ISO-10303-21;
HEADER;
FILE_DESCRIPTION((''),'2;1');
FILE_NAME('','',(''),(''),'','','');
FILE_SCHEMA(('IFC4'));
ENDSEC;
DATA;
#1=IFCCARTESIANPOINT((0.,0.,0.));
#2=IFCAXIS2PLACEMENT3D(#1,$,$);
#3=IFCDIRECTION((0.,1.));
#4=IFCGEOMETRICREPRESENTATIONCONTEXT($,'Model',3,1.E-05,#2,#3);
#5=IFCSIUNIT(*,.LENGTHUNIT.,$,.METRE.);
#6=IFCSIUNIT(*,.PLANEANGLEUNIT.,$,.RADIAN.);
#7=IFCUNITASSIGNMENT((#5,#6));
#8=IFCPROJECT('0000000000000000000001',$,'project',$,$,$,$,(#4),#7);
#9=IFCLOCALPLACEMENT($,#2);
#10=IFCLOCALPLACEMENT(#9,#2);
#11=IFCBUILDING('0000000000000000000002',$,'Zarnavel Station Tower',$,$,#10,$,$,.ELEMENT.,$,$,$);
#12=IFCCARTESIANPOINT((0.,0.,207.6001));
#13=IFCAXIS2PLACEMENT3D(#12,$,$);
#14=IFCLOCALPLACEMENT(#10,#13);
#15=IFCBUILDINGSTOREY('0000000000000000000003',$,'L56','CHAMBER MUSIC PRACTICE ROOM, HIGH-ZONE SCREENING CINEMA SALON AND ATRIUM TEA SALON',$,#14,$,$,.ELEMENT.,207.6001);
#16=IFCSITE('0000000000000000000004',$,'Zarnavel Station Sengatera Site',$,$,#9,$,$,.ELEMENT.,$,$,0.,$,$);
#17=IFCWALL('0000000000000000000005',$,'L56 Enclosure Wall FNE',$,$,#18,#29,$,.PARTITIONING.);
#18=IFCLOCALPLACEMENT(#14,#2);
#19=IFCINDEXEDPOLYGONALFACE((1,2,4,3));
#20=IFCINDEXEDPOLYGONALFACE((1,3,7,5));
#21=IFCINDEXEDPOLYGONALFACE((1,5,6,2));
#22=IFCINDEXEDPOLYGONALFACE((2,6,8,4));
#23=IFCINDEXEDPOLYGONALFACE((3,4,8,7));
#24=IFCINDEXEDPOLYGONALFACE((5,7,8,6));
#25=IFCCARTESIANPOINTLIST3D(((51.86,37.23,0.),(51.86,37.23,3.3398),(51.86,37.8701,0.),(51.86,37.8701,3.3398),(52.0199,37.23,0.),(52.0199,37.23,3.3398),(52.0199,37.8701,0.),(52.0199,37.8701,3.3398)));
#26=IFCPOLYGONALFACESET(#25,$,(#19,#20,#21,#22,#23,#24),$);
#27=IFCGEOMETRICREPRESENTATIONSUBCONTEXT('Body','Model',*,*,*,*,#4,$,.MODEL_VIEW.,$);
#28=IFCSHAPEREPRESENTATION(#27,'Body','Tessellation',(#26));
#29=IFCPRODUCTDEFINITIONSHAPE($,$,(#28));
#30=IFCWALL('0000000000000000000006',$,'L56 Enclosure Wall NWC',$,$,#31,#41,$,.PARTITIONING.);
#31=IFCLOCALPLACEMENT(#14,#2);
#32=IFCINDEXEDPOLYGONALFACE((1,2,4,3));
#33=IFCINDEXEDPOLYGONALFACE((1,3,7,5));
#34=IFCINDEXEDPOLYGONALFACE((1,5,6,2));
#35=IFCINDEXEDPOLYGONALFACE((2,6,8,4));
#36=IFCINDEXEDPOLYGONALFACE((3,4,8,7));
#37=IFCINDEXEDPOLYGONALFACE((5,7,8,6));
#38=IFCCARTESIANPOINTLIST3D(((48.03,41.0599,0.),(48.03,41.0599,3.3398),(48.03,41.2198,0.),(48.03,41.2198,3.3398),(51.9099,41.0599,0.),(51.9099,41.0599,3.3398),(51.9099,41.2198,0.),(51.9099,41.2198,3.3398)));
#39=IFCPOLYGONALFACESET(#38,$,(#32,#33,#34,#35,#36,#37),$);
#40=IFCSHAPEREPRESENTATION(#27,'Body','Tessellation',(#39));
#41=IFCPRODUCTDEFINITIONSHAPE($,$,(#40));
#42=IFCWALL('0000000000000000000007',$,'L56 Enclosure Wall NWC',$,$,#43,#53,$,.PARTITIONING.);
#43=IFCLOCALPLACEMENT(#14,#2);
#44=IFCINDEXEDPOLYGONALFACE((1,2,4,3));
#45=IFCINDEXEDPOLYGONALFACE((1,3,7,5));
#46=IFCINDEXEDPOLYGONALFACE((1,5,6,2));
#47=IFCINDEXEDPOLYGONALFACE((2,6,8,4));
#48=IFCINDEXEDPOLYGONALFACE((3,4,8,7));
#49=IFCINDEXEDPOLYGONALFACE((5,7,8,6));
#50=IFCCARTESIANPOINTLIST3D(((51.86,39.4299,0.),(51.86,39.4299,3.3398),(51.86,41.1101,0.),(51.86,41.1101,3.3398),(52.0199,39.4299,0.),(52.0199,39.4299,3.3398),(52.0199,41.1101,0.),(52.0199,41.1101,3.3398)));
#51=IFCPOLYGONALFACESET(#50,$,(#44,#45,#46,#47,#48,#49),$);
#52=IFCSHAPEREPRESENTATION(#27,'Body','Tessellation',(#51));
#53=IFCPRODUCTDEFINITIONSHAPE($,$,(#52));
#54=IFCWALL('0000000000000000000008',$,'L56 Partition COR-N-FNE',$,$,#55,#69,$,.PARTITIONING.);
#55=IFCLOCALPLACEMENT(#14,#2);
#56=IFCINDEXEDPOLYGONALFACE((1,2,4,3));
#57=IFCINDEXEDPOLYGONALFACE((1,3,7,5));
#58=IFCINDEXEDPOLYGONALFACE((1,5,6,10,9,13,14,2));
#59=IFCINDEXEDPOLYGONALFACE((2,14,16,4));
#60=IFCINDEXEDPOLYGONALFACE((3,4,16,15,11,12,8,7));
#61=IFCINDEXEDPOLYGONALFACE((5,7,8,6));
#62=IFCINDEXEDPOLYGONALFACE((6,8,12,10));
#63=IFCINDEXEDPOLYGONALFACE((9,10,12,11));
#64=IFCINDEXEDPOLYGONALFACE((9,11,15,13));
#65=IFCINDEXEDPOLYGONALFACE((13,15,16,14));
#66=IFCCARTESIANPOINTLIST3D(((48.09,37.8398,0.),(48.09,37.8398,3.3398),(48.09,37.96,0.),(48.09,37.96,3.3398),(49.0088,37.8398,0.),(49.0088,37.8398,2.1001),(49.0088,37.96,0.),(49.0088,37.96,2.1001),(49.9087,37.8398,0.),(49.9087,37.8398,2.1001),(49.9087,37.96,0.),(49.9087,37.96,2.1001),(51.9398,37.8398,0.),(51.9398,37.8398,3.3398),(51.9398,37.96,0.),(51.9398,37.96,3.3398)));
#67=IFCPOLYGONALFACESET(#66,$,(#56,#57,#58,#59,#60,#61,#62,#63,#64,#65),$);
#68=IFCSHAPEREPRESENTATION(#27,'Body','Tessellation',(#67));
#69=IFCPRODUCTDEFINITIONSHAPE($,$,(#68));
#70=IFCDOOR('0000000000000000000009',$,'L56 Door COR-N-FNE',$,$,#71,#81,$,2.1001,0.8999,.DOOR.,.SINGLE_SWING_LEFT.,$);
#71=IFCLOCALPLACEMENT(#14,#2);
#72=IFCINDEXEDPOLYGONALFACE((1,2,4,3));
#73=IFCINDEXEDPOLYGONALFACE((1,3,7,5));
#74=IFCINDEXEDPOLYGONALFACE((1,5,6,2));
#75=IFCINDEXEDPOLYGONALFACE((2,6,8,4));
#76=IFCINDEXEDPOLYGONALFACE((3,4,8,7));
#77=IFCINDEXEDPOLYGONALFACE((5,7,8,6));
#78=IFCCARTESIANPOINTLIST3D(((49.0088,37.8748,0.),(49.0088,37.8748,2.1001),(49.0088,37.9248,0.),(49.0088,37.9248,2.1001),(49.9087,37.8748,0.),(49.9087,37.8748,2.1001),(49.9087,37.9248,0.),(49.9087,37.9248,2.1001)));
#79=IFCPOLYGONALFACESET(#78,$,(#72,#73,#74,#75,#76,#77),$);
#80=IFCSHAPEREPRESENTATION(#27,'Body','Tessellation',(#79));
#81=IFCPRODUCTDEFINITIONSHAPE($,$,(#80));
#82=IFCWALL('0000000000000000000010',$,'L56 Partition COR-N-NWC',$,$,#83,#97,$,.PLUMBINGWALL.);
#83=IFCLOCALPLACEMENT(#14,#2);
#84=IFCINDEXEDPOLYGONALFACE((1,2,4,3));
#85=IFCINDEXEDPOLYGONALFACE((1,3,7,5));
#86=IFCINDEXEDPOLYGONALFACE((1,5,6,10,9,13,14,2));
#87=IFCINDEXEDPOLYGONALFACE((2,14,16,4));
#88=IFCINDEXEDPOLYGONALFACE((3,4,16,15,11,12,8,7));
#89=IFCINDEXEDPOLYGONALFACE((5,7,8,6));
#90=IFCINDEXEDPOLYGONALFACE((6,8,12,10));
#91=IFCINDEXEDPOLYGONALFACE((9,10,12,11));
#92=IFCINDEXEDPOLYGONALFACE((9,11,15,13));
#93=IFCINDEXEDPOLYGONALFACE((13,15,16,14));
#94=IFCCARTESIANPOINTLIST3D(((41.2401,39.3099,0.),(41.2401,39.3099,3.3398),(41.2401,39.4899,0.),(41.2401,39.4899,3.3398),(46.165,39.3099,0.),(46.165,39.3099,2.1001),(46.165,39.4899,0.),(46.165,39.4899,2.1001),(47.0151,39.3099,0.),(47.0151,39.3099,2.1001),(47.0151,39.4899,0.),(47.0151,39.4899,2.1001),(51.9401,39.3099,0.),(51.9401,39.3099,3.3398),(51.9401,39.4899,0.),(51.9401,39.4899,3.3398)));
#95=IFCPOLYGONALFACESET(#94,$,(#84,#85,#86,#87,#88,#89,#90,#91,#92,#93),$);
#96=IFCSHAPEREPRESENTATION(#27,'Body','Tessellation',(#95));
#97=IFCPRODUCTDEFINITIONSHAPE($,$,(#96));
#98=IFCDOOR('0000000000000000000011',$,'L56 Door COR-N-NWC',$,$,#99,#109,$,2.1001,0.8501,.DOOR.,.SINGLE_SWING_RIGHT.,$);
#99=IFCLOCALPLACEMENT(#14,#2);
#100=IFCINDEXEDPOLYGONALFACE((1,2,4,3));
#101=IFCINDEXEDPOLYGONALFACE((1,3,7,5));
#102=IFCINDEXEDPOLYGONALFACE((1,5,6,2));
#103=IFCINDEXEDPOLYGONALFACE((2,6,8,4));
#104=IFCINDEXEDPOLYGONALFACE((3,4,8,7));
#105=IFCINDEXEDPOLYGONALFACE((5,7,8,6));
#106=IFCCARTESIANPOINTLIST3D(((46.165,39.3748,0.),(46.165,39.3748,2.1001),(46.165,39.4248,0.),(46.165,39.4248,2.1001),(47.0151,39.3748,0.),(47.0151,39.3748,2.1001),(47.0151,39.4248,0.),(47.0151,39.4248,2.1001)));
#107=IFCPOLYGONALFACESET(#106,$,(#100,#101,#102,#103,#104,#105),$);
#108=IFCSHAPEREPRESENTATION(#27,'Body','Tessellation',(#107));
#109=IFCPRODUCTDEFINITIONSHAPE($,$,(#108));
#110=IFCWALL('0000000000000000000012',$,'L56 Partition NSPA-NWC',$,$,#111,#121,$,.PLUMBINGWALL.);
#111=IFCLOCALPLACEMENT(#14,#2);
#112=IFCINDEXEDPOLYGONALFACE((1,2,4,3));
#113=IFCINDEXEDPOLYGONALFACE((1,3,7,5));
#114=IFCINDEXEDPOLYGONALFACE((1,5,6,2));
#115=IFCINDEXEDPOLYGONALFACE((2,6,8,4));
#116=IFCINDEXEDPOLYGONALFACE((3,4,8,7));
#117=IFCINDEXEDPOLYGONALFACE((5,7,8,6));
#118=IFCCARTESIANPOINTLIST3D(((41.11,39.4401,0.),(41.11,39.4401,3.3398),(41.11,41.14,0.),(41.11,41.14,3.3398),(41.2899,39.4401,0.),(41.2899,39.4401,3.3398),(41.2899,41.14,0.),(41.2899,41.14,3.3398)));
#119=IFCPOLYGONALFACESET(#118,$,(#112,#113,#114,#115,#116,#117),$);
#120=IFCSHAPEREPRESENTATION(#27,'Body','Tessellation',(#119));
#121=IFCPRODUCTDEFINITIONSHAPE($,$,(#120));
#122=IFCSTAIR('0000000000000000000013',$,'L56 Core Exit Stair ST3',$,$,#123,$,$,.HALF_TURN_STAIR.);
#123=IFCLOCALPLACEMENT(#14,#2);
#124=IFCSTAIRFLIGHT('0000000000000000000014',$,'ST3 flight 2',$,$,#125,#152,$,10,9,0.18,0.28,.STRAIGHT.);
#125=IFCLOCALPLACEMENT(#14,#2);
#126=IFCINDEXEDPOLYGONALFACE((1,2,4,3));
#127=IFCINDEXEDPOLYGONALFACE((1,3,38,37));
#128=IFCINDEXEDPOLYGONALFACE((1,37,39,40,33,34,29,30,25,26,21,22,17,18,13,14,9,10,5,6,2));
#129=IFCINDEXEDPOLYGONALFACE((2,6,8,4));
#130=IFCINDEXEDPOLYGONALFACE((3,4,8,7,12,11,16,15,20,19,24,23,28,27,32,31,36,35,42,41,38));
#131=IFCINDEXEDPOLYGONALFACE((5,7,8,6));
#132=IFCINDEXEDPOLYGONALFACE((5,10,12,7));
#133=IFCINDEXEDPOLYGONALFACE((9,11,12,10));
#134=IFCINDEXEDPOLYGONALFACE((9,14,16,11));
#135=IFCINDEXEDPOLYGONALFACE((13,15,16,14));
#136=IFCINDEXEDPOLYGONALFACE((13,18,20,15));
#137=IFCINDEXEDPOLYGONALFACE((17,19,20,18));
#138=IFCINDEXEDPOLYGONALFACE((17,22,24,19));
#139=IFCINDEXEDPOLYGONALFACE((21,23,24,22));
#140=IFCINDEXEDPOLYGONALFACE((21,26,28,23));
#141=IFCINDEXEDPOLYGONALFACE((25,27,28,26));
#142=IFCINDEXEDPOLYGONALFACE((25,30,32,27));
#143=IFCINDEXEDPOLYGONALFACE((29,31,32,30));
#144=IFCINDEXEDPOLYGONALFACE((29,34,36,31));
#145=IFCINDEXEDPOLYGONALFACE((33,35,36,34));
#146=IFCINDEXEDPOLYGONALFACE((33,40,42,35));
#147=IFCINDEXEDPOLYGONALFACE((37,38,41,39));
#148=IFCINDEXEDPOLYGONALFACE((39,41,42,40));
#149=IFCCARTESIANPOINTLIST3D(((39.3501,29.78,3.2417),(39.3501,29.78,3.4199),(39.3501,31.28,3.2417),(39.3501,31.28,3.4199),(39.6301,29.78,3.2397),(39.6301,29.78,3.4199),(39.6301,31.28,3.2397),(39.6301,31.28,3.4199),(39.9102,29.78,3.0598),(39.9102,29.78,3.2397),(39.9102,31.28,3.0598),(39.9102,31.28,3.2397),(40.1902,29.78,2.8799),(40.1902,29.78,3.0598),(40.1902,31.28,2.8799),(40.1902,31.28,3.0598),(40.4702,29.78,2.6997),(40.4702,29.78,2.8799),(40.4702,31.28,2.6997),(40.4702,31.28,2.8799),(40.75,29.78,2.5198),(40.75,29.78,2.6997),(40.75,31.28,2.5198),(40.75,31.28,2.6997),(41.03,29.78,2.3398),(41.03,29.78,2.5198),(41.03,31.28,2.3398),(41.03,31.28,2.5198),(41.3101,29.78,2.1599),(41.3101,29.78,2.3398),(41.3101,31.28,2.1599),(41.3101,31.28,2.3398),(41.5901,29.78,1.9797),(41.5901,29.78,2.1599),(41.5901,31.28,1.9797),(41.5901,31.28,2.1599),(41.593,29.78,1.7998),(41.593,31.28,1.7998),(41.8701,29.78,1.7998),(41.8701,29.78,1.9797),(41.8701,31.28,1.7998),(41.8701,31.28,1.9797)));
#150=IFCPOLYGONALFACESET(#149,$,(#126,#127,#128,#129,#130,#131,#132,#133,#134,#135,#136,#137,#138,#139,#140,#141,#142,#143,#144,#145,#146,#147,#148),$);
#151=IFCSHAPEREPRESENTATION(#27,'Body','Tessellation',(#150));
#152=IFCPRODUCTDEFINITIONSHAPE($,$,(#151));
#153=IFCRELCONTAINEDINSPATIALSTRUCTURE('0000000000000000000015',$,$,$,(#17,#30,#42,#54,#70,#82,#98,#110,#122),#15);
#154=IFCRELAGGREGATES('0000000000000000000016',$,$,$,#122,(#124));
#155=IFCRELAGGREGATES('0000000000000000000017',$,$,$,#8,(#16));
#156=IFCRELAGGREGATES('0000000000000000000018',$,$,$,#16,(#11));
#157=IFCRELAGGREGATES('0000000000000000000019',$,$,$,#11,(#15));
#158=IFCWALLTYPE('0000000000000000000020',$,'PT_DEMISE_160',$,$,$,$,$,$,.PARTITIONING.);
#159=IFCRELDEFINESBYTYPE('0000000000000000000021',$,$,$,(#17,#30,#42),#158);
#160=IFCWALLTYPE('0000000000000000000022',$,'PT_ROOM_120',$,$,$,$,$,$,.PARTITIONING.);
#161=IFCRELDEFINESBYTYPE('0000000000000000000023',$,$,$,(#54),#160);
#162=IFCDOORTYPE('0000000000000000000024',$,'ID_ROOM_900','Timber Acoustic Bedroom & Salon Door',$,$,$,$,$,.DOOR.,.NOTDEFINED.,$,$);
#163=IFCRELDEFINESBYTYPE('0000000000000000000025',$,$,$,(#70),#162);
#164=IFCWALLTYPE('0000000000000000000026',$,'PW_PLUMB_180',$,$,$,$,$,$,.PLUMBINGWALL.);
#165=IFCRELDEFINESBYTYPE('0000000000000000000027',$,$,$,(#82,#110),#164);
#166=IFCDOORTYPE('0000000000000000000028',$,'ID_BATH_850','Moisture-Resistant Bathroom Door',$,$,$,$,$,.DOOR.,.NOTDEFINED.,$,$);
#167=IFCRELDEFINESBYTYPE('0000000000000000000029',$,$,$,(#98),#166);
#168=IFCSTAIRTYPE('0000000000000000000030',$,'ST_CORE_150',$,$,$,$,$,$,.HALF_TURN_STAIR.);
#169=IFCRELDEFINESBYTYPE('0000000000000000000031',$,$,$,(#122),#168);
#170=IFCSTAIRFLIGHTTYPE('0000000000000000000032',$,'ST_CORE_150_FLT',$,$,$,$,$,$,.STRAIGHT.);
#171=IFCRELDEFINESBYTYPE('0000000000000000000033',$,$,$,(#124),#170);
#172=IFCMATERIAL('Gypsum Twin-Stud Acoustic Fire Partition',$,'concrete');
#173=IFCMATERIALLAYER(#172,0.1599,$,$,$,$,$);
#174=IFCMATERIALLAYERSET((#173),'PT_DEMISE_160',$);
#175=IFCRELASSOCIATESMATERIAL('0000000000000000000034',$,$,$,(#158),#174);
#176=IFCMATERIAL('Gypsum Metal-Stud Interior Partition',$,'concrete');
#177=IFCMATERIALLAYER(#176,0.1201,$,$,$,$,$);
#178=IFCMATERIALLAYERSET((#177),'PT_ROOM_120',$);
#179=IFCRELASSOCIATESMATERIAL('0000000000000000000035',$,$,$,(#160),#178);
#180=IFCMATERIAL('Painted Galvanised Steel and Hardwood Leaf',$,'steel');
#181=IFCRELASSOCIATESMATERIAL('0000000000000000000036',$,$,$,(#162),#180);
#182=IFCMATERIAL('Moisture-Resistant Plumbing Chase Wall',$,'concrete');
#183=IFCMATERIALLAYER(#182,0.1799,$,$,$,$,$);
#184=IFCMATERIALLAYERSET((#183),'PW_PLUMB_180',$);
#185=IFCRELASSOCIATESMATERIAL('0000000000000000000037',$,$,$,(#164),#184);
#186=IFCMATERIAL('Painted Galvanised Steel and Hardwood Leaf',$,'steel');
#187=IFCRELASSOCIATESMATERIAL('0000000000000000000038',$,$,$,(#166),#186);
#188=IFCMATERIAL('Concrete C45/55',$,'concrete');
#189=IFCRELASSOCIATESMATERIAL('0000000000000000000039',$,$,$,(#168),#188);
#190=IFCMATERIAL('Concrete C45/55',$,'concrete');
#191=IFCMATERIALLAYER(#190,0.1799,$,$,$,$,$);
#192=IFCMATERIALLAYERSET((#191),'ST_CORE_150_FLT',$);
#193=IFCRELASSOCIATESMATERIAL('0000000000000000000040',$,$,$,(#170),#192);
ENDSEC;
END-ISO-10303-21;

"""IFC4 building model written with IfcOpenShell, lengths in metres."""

from ifc_helpers import new_model, si_unit, direction, frame, frame_2d, origin, place, context, subcontext, project, spatial, polyline, rectangle, outline, extrude, material, layer, layer_set, type_object, element, fill, aggregate, save


model = new_model("IFC4")

# Units and contexts
model_context = context("Model", 3, precision=1e-05, world=origin(), true_north=direction((0.0, 1.0)))
body_context = subcontext(model_context, "Body", "Model", "MODEL_VIEW")
ifc_project = project(units=[si_unit("LENGTHUNIT", "METRE"), si_unit("PLANEANGLEUNIT", "RADIAN")], contexts=[model_context])

# Site, building, storey
site_placement = place(None, origin())
site = spatial("IfcSite", under=ifc_project, at=site_placement, Name="Zarnavel Station Sengatera Site", CompositionType="ELEMENT", RefElevation=0.0)
building_placement = place(site_placement, origin())
building = spatial("IfcBuilding", under=site, at=building_placement, Name="Zarnavel Station Tower", CompositionType="ELEMENT")
storey_placement = place(building_placement, frame((0.0, 0.0, 207.6001)))
storey = spatial("IfcBuildingStorey", under=building, at=storey_placement, Name="L56", Description="CHAMBER MUSIC PRACTICE ROOM, HIGH-ZONE SCREENING CINEMA SALON AND ATRIUM TEA SALON", CompositionType="ELEMENT", Elevation=207.6001)

# Walls
ifc_material_1 = material(Name="Gypsum Twin-Stud Acoustic Fire Partition", Category="concrete")
ifc_layer_1 = layer(ifc_material_1, 0.1599)
ifc_layer_set_1 = layer_set([ifc_layer_1], Name="PT_DEMISE_160")
wall_type_1 = type_object("IfcWallType", Name="PT_DEMISE_160", PredefinedType="PARTITIONING", material=ifc_layer_set_1)
wall_1_placement = place(storey_placement, frame((51.9399, 37.23, 0.0), z_axis=(0.0, 0.0, 1.0), x_axis=(0.0, 1.0, 0.0)))
element("IfcWall", 1, at=wall_1_placement, inside=storey, type_object=wall_type_1, Name="L56 Enclosure Wall FNE", PredefinedType="PARTITIONING", context=body_context, shape_type="SweptSolid", body=[
    extrude(rectangle(XDim=0.6401, YDim=0.1599, at=frame_2d((0.3201, 0.0))), origin(), (0.0, 0.0, 1.0), 3.3398),
])
wall_2_placement = place(storey_placement, frame((48.03, 41.1399, 0.0), z_axis=(0.0, 0.0, 1.0), x_axis=(1.0, 0.0, 0.0)))
element("IfcWall", 2, at=wall_2_placement, inside=storey, type_object=wall_type_1, Name="L56 Enclosure Wall NWC", PredefinedType="PARTITIONING", context=body_context, shape_type="SweptSolid", body=[
    extrude(rectangle(XDim=3.8799, YDim=0.1599, at=frame_2d((1.9399, 0.0))), origin(), (0.0, 0.0, 1.0), 3.3398),
])
wall_3_placement = place(storey_placement, frame((51.9399, 39.4299, 0.0), z_axis=(0.0, 0.0, 1.0), x_axis=(0.0, 1.0, 0.0)))
element("IfcWall", 3, at=wall_3_placement, inside=storey, type_object=wall_type_1, Name="L56 Enclosure Wall NWC", PredefinedType="PARTITIONING", context=body_context, shape_type="SweptSolid", body=[
    extrude(rectangle(XDim=1.6802, YDim=0.1599, at=frame_2d((0.8401, 0.0))), origin(), (0.0, 0.0, 1.0), 3.3398),
])

# Walls, openings, doors
ifc_material_2 = material(Name="Gypsum Metal-Stud Interior Partition", Category="concrete")
ifc_layer_2 = layer(ifc_material_2, 0.1201)
ifc_layer_set_2 = layer_set([ifc_layer_2], Name="PT_ROOM_120")
wall_type_2 = type_object("IfcWallType", Name="PT_ROOM_120", PredefinedType="PARTITIONING", material=ifc_layer_set_2)
wall_4_placement = place(storey_placement, frame((48.0901, 37.8999, 0.0), z_axis=(0.0, 0.0, 1.0), x_axis=(1.0, 0.0, 0.0)))
wall_4 = element("IfcWall", 4, at=wall_4_placement, inside=storey, type_object=wall_type_2, Name="L56 Partition COR-N-FNE", PredefinedType="PARTITIONING", context=body_context, shape_type="SweptSolid", body=[
    extrude(rectangle(XDim=3.8499, YDim=0.1201, at=frame_2d((1.9248, 0.0))), origin(), (0.0, 0.0, 1.0), 3.3398),
])
opening_1_placement = place(wall_4_placement, frame((0.9187, 0.0, 0.0)))
opening_1 = element("IfcOpeningElement", 5, at=opening_1_placement, cuts=wall_4, PredefinedType="OPENING", context=body_context, shape_type="SweptSolid", body=[
    extrude(rectangle(XDim=0.8999, YDim=2.1001, at=frame_2d((0.45, 1.05))), frame((0.0, 0.0701, 0.0), z_axis=(0.0, -1.0, 0.0), x_axis=(1.0, 0.0, 0.0)), (0.0, 0.0, 1.0), 0.1401),
])
ifc_material_3 = material(Name="Painted Galvanised Steel and Hardwood Leaf", Category="steel")
door_type_1 = type_object("IfcDoorType", Name="ID_ROOM_900", Description="Timber Acoustic Bedroom & Salon Door", OperationType="NOTDEFINED", PredefinedType="DOOR", material=ifc_material_3)
door_1_placement = place(opening_1_placement, origin())
door_1 = element("IfcDoor", 6, at=door_1_placement, inside=storey, type_object=door_type_1, Name="L56 Door COR-N-FNE", OperationType="SINGLE_SWING_LEFT", OverallHeight=2.1001, OverallWidth=0.8999, PredefinedType="DOOR", context=body_context, shape_type="SweptSolid", body=[
    extrude(rectangle(XDim=0.8999, YDim=2.1001, at=frame_2d((0.45, 1.05))), frame((0.0, 0.0249, 0.0), z_axis=(0.0, -1.0, 0.0), x_axis=(1.0, 0.0, 0.0)), (0.0, 0.0, 1.0), 0.05),
])
fill(opening_1, door_1)
ifc_material_4 = material(Name="Moisture-Resistant Plumbing Chase Wall", Category="concrete")
ifc_layer_3 = layer(ifc_material_4, 0.1799)
ifc_layer_set_3 = layer_set([ifc_layer_3], Name="PW_PLUMB_180")
wall_type_3 = type_object("IfcWallType", Name="PW_PLUMB_180", PredefinedType="PLUMBINGWALL", material=ifc_layer_set_3)
wall_5_placement = place(storey_placement, frame((41.24, 39.3999, 0.0), z_axis=(0.0, 0.0, 1.0), x_axis=(1.0, 0.0, 0.0)))
wall_5 = element("IfcWall", 7, at=wall_5_placement, inside=storey, type_object=wall_type_3, Name="L56 Partition COR-N-NWC", PredefinedType="PLUMBINGWALL", context=body_context, shape_type="SweptSolid", body=[
    extrude(rectangle(XDim=10.7, YDim=0.1799, at=frame_2d((5.3501, 0.0))), origin(), (0.0, 0.0, 1.0), 3.3398),
])
opening_2_placement = place(wall_5_placement, frame((4.925, 0.0, 0.0)))
opening_2 = element("IfcOpeningElement", 8, at=opening_2_placement, cuts=wall_5, PredefinedType="OPENING", context=body_context, shape_type="SweptSolid", body=[
    extrude(rectangle(XDim=0.8501, YDim=2.1001, at=frame_2d((0.425, 1.05))), frame((0.0, 0.0999, 0.0), z_axis=(0.0, -1.0, 0.0), x_axis=(1.0, 0.0, 0.0)), (0.0, 0.0, 1.0), 0.2),
])
ifc_material_5 = material(Name="Painted Galvanised Steel and Hardwood Leaf", Category="steel")
door_type_2 = type_object("IfcDoorType", Name="ID_BATH_850", Description="Moisture-Resistant Bathroom Door", OperationType="NOTDEFINED", PredefinedType="DOOR", material=ifc_material_5)
door_2_placement = place(opening_2_placement, origin())
door_2 = element("IfcDoor", 9, at=door_2_placement, inside=storey, type_object=door_type_2, Name="L56 Door COR-N-NWC", OperationType="SINGLE_SWING_RIGHT", OverallHeight=2.1001, OverallWidth=0.8501, PredefinedType="DOOR", context=body_context, shape_type="SweptSolid", body=[
    extrude(rectangle(XDim=0.8501, YDim=2.1001, at=frame_2d((0.425, 1.05))), frame((0.0, 0.0249, 0.0), z_axis=(0.0, -1.0, 0.0), x_axis=(1.0, 0.0, 0.0)), (0.0, 0.0, 1.0), 0.05),
])
fill(opening_2, door_2)

# Wall
wall_6_placement = place(storey_placement, frame((41.2, 39.4399, 0.0), z_axis=(0.0, 0.0, 1.0), x_axis=(0.0, 1.0, 0.0)))
element("IfcWall", 10, at=wall_6_placement, inside=storey, type_object=wall_type_3, Name="L56 Partition NSPA-NWC", PredefinedType="PLUMBINGWALL", context=body_context, shape_type="SweptSolid", body=[
    extrude(rectangle(XDim=1.7, YDim=0.1799, at=frame_2d((0.8501, 0.0))), origin(), (0.0, 0.0, 1.0), 3.3398),
])

# Stair, stair flight
ifc_material_6 = material(Name="Concrete C45/55", Category="concrete")
stair_type = type_object("IfcStairType", Name="ST_CORE_150", PredefinedType="HALF_TURN_STAIR", material=ifc_material_6)
stair_placement = place(storey_placement, origin())
stair = element("IfcStair", 11, at=stair_placement, inside=storey, type_object=stair_type, Name="L56 Core Exit Stair ST3", PredefinedType="HALF_TURN_STAIR")
ifc_material_7 = material(Name="Concrete C45/55", Category="concrete")
ifc_layer_4 = layer(ifc_material_7, 0.1799)
ifc_layer_set_4 = layer_set([ifc_layer_4], Name="ST_CORE_150_FLT")
stair_flight_type = type_object("IfcStairFlightType", Name="ST_CORE_150_FLT", PredefinedType="STRAIGHT", material=ifc_layer_set_4)
stair_flight_placement = place(storey_placement, frame((41.8701, 30.53, 1.7998), z_axis=(0.0, 0.0, 1.0), x_axis=(-1.0, 0.0, 0.0)))
stair_flight = element("IfcStairFlight", 12, at=stair_flight_placement, type_object=stair_flight_type, Name="ST3 flight 2", NumberOfRisers=10, NumberOfTreads=9, PredefinedType="STRAIGHT", RiserHeight=0.18, TreadLength=0.28, context=body_context, shape_type="SweptSolid", body=[
    extrude(outline(polyline([(0.0, 0.0), (0.0, 0.1799), (0.28, 0.1799), (0.28, 0.3601), (0.5601, 0.3601), (0.5601, 0.54), (0.8401, 0.54), (0.8401, 0.72), (1.1201, 0.72), (1.1201, 0.8999), (1.3999, 0.8999), (1.3999, 1.0801), (1.6799, 1.0801), (1.6799, 1.26), (1.96, 1.26), (1.96, 1.4399), (2.24, 1.4399), (2.24, 1.6201), (2.52, 1.6201), (2.52, 1.8), (2.52, 1.4419), (0.2771, 0.0), (0.0, 0.0)])), frame((0.0, 0.75, 0.0), z_axis=(0.0, -1.0, 0.0), x_axis=(1.0, 0.0, 0.0)), (0.0, 0.0, 1.0), 1.5),
])
aggregate(stair, [stair_flight])

save(model, "model.ifc")
